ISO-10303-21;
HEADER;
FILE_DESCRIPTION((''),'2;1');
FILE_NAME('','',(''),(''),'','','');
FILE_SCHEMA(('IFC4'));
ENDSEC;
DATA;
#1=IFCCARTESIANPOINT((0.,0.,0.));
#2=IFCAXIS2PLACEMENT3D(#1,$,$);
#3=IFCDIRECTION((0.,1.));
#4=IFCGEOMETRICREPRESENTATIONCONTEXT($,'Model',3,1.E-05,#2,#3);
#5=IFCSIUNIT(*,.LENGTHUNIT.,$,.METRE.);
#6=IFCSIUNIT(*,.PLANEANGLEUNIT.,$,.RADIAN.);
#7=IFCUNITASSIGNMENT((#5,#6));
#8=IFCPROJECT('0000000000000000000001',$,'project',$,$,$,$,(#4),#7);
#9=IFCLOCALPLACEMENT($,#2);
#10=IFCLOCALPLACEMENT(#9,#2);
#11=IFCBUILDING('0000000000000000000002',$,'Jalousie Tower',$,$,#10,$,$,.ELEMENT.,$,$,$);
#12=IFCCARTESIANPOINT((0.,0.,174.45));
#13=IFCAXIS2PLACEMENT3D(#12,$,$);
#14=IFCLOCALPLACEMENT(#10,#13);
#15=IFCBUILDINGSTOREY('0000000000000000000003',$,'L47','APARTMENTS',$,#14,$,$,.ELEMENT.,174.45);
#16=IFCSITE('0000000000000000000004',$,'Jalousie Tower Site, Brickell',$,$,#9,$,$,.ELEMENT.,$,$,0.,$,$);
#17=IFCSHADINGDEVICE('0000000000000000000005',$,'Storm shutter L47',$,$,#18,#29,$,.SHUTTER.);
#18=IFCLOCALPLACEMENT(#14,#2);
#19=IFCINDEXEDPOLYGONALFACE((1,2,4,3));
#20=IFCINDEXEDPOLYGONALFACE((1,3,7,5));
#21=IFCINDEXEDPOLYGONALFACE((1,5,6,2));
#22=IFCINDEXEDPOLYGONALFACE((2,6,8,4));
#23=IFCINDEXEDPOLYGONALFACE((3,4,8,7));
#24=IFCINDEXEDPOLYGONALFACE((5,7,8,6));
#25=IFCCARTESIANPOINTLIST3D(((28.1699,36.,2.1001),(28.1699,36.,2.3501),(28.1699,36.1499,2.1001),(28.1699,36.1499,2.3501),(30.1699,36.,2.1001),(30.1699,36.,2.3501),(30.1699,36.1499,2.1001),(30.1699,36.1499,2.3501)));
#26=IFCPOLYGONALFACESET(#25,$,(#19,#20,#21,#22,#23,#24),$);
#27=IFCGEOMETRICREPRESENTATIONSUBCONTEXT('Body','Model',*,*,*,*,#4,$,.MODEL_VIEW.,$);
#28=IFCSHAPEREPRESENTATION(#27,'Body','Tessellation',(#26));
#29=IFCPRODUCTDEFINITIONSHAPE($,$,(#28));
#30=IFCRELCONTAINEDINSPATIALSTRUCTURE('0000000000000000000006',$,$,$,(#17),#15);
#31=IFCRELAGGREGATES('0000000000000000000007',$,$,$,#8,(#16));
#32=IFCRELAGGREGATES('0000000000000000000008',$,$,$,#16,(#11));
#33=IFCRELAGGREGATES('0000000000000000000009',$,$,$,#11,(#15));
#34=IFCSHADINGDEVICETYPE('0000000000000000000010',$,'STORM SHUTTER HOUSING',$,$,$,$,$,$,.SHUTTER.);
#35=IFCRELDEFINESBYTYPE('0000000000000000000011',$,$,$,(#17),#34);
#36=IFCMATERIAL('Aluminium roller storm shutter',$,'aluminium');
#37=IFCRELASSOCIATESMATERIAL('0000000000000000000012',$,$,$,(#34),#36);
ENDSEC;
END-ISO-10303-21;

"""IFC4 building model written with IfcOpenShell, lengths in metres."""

from ifc_helpers import new_model, si_unit, direction, frame, origin, origin_2d, place, context, subcontext, project, spatial, rectangle, extrude, material, type_object, element, save


model = new_model("IFC4")

# Units and contexts
model_context = context("Model", 3, precision=1e-05, world=origin(), true_north=direction((0.0, 1.0)))
body_context = subcontext(model_context, "Body", "Model", "MODEL_VIEW")
ifc_project = project(units=[si_unit("LENGTHUNIT", "METRE"), si_unit("PLANEANGLEUNIT", "RADIAN")], contexts=[model_context])

# Site, building, storey
site_placement = place(None, origin())
site = spatial("IfcSite", under=ifc_project, at=site_placement, Name="Jalousie Tower Site, Brickell", CompositionType="ELEMENT", RefElevation=0.0)
building_placement = place(site_placement, origin())
building = spatial("IfcBuilding", under=site, at=building_placement, Name="Jalousie Tower", CompositionType="ELEMENT")
storey_placement = place(building_placement, frame((0.0, 0.0, 174.45)))
storey = spatial("IfcBuildingStorey", under=building, at=storey_placement, Name="L47", Description="APARTMENTS", CompositionType="ELEMENT", Elevation=174.45)

# Shading device
ifc_material_1 = material(Name="Aluminium roller storm shutter", Category="aluminium")
shading_device_type_1 = type_object("IfcShadingDeviceType", Name="STORM SHUTTER HOUSING", PredefinedType="SHUTTER", material=ifc_material_1)
shading_device_placement = place(storey_placement, frame((29.1699, 36.075, 2.1001), z_axis=(0.0, 0.0, 1.0), x_axis=(-1.0, 0.0, 0.0)))
element("IfcShadingDevice", 1, at=shading_device_placement, inside=storey, type_object=shading_device_type_1, Name="Storm shutter L47", PredefinedType="SHUTTER", context=body_context, shape_type="SweptSolid", body=[
    extrude(rectangle(XDim=2.0, YDim=0.1499, at=origin_2d()), origin(), (0.0, 0.0, 1.0), 0.25),
])

save(model, "model.ifc")
